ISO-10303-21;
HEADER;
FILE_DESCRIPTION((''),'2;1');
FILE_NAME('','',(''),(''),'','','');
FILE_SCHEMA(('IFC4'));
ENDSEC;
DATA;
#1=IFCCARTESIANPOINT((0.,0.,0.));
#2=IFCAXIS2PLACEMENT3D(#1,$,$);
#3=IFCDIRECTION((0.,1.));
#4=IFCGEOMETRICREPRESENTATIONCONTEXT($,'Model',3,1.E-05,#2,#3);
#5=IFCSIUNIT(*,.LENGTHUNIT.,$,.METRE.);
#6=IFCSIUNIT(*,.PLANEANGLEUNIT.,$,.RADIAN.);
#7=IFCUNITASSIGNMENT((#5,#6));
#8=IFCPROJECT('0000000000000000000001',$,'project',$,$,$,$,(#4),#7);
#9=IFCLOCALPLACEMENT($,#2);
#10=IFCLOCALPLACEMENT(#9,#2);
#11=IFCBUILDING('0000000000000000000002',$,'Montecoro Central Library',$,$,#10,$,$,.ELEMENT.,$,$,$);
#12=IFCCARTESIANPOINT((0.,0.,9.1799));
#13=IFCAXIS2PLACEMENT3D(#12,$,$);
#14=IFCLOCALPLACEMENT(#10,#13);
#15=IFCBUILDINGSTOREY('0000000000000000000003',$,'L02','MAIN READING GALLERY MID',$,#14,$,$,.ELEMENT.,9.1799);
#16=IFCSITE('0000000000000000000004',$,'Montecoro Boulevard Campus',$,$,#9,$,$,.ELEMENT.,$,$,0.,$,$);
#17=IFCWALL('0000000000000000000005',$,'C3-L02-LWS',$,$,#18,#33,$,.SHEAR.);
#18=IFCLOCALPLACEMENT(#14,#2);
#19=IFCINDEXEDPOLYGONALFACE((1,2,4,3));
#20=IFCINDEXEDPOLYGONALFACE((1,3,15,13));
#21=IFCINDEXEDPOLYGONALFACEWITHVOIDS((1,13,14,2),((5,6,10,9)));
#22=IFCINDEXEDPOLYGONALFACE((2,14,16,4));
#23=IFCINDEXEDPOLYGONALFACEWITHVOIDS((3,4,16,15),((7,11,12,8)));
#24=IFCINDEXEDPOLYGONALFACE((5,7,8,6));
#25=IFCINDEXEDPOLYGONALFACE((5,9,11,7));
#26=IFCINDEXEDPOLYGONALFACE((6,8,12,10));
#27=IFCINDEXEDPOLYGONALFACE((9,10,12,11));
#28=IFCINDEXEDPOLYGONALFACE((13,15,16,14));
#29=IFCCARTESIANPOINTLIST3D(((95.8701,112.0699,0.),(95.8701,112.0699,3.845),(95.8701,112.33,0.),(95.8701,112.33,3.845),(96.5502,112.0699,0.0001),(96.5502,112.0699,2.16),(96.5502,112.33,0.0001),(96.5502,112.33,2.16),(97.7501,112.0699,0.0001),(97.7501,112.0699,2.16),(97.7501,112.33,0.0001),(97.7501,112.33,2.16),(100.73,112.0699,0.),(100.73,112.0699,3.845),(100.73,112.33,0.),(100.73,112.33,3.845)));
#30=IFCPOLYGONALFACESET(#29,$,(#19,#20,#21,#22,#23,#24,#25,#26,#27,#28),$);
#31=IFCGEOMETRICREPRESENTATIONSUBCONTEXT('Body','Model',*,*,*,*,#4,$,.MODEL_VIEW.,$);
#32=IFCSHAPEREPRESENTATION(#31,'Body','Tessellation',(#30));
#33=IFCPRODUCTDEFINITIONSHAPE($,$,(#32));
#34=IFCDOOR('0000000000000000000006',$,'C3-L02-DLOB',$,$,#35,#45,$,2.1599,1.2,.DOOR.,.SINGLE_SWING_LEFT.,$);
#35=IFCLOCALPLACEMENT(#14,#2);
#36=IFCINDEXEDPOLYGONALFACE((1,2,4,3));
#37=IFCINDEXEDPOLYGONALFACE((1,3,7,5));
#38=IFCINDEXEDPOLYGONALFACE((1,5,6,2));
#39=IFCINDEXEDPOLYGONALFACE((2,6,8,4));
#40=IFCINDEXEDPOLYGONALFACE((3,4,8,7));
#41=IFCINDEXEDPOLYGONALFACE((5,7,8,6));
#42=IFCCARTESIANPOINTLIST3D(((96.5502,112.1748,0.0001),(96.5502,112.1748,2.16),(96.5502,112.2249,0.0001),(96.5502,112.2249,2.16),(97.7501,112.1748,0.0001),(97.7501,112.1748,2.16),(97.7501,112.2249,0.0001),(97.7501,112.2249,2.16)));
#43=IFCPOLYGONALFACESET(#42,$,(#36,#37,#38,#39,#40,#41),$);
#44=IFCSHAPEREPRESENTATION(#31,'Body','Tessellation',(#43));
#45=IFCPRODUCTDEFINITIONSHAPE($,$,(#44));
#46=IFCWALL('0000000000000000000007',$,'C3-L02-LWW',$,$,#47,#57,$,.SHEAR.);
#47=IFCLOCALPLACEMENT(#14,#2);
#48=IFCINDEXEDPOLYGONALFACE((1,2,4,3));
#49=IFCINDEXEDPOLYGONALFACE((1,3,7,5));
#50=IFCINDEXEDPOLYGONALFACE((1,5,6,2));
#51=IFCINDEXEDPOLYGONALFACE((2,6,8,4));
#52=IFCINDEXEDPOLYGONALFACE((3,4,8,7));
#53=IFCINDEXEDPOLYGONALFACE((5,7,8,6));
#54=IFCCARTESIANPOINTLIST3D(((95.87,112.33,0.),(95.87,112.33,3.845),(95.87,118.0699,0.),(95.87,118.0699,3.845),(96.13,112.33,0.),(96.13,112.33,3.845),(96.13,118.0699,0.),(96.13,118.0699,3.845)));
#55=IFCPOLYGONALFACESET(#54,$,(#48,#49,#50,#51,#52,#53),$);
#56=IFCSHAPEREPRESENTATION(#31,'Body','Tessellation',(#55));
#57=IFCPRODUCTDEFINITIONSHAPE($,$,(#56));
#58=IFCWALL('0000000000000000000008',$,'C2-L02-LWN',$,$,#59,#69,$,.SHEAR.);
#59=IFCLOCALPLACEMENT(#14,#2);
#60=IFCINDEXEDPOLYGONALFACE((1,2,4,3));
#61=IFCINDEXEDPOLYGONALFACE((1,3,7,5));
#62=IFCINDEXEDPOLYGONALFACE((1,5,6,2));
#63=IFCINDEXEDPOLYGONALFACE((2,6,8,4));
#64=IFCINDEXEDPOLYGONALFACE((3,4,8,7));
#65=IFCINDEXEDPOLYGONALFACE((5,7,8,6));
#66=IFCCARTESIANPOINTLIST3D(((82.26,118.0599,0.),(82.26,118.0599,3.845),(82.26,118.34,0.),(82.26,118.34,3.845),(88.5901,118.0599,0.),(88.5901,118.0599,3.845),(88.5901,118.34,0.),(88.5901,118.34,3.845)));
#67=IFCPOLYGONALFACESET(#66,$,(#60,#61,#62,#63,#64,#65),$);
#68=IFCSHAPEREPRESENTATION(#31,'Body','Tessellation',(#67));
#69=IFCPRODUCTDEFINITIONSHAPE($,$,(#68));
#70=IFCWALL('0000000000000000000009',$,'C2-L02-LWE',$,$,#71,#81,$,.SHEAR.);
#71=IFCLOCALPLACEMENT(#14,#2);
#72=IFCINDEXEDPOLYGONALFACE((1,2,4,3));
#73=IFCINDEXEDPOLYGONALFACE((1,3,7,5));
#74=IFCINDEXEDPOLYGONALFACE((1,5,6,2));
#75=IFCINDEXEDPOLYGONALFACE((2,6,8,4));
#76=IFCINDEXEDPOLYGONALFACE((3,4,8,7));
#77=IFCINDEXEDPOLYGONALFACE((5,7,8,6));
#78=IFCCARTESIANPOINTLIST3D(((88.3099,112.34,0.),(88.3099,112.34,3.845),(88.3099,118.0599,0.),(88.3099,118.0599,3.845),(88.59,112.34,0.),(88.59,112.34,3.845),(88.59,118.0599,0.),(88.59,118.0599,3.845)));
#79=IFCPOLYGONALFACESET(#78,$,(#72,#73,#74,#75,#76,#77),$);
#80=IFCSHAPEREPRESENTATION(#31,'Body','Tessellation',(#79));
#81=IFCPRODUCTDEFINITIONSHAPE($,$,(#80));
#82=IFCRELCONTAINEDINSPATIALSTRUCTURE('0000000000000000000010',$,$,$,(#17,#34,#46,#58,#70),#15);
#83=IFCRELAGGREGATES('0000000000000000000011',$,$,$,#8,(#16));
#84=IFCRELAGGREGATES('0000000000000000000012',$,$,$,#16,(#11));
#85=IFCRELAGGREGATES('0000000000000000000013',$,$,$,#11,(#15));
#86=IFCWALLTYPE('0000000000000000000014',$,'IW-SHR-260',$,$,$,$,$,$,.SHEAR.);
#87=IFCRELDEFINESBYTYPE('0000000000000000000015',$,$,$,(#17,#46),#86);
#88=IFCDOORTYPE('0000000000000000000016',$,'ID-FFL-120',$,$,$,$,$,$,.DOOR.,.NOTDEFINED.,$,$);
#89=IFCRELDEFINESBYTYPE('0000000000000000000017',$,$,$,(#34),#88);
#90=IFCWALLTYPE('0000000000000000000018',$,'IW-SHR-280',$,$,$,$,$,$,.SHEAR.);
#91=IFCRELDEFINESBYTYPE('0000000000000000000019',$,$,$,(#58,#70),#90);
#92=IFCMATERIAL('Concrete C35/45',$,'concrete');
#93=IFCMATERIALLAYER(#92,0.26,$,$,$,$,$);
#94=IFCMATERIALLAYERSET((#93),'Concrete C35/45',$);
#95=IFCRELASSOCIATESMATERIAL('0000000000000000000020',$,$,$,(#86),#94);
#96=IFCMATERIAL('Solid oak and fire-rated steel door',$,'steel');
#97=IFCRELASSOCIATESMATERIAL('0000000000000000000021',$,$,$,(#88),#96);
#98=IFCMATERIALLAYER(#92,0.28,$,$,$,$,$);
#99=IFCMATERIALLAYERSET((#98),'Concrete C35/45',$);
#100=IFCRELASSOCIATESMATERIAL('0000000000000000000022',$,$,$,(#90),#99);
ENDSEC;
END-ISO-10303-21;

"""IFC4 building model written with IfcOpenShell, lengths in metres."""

from ifc_helpers import new_model, si_unit, direction, frame, frame_2d, origin, place, context, subcontext, project, spatial, rectangle, extrude, material, layer, layer_set, type_object, element, fill, save


model = new_model("IFC4")

# Units and contexts
model_context = context("Model", 3, precision=1e-05, world=origin(), true_north=direction((0.0, 1.0)))
body_context = subcontext(model_context, "Body", "Model", "MODEL_VIEW")
ifc_project = project(units=[si_unit("LENGTHUNIT", "METRE"), si_unit("PLANEANGLEUNIT", "RADIAN")], contexts=[model_context])

# Site, building, storey
site_placement = place(None, origin())
site = spatial("IfcSite", under=ifc_project, at=site_placement, Name="Montecoro Boulevard Campus", CompositionType="ELEMENT", RefElevation=0.0)
building_placement = place(site_placement, origin())
building = spatial("IfcBuilding", under=site, at=building_placement, Name="Montecoro Central Library", CompositionType="ELEMENT")
storey_placement = place(building_placement, frame((0.0, 0.0, 9.1799)))
storey = spatial("IfcBuildingStorey", under=building, at=storey_placement, Name="L02", Description="MAIN READING GALLERY MID", CompositionType="ELEMENT", Elevation=9.1799)

# Shared definitions
ifc_material_1 = material(Name="Solid oak and fire-rated steel door", Category="steel")

# Wall, opening, door
ifc_material_2 = material(Name="Concrete C35/45", Category="concrete")
ifc_layer_1 = layer(ifc_material_2, 0.26)
ifc_layer_set_1 = layer_set([ifc_layer_1], Name="Concrete C35/45")
wall_type_1 = type_object("IfcWallType", Name="IW-SHR-260", PredefinedType="SHEAR", material=ifc_layer_set_1)
wall_1_placement = place(storey_placement, frame((95.8701, 112.2, 0.0), z_axis=(0.0, 0.0, 1.0), x_axis=(1.0, 0.0, 0.0)))
wall_1 = element("IfcWall", 1, at=wall_1_placement, inside=storey, type_object=wall_type_1, Name="C3-L02-LWS", PredefinedType="SHEAR", context=body_context, shape_type="SweptSolid", body=[
    extrude(rectangle(XDim=4.8599, YDim=0.26, at=frame_2d((2.4299, 0.0))), origin(), (0.0, 0.0, 1.0), 3.845),
])
opening_1_placement = place(wall_1_placement, frame((0.6799, 0.0, 0.0)))
opening_1 = element("IfcOpeningElement", 2, at=opening_1_placement, cuts=wall_1, PredefinedType="OPENING", context=body_context, shape_type="SweptSolid", body=[
    extrude(rectangle(XDim=1.2, YDim=2.1599, at=frame_2d((0.6001, 1.0801))), frame((0.0, 0.1399, 0.0), z_axis=(0.0, -1.0, 0.0), x_axis=(1.0, 0.0, 0.0)), (0.0, 0.0, 1.0), 0.28),
])
door_type_1 = type_object("IfcDoorType", Name="ID-FFL-120", OperationType="NOTDEFINED", PredefinedType="DOOR", material=ifc_material_1)
door_1_placement = place(opening_1_placement, origin())
door_1 = element("IfcDoor", 3, at=door_1_placement, inside=storey, type_object=door_type_1, Name="C3-L02-DLOB", OperationType="SINGLE_SWING_LEFT", OverallHeight=2.1599, OverallWidth=1.2, PredefinedType="DOOR", context=body_context, shape_type="SweptSolid", body=[
    extrude(rectangle(XDim=1.2, YDim=2.1599, at=frame_2d((0.6001, 1.0801))), frame((0.0, 0.0249, 0.0), z_axis=(0.0, -1.0, 0.0), x_axis=(1.0, 0.0, 0.0)), (0.0, 0.0, 1.0), 0.05),
])
fill(opening_1, door_1)

# Walls
wall_2_placement = place(storey_placement, frame((96.0, 118.0701, 0.0), z_axis=(0.0, 0.0, 1.0), x_axis=(0.0, -1.0, 0.0)))
element("IfcWall", 4, at=wall_2_placement, inside=storey, type_object=wall_type_1, Name="C3-L02-LWW", PredefinedType="SHEAR", context=body_context, shape_type="SweptSolid", body=[
    extrude(rectangle(XDim=5.74, YDim=0.26, at=frame_2d((2.8701, 0.0))), origin(), (0.0, 0.0, 1.0), 3.845),
])
ifc_layer_2 = layer(ifc_material_2, 0.28)
ifc_layer_set_2 = layer_set([ifc_layer_2], Name="Concrete C35/45")
wall_type_2 = type_object("IfcWallType", Name="IW-SHR-280", PredefinedType="SHEAR", material=ifc_layer_set_2)
wall_3_placement = place(storey_placement, frame((88.5901, 118.2, 0.0), z_axis=(0.0, 0.0, 1.0), x_axis=(-1.0, 0.0, 0.0)))
element("IfcWall", 5, at=wall_3_placement, inside=storey, type_object=wall_type_2, Name="C2-L02-LWN", PredefinedType="SHEAR", context=body_context, shape_type="SweptSolid", body=[
    extrude(rectangle(XDim=6.3301, YDim=0.28, at=frame_2d((3.165, 0.0))), origin(), (0.0, 0.0, 1.0), 3.845),
])
wall_4_placement = place(storey_placement, frame((88.45, 112.3401, 0.0), z_axis=(0.0, 0.0, 1.0), x_axis=(0.0, 1.0, 0.0)))
element("IfcWall", 6, at=wall_4_placement, inside=storey, type_object=wall_type_2, Name="C2-L02-LWE", PredefinedType="SHEAR", context=body_context, shape_type="SweptSolid", body=[
    extrude(rectangle(XDim=5.72, YDim=0.28, at=frame_2d((2.8599, 0.0))), origin(), (0.0, 0.0, 1.0), 3.845),
])

save(model, "model.ifc")
